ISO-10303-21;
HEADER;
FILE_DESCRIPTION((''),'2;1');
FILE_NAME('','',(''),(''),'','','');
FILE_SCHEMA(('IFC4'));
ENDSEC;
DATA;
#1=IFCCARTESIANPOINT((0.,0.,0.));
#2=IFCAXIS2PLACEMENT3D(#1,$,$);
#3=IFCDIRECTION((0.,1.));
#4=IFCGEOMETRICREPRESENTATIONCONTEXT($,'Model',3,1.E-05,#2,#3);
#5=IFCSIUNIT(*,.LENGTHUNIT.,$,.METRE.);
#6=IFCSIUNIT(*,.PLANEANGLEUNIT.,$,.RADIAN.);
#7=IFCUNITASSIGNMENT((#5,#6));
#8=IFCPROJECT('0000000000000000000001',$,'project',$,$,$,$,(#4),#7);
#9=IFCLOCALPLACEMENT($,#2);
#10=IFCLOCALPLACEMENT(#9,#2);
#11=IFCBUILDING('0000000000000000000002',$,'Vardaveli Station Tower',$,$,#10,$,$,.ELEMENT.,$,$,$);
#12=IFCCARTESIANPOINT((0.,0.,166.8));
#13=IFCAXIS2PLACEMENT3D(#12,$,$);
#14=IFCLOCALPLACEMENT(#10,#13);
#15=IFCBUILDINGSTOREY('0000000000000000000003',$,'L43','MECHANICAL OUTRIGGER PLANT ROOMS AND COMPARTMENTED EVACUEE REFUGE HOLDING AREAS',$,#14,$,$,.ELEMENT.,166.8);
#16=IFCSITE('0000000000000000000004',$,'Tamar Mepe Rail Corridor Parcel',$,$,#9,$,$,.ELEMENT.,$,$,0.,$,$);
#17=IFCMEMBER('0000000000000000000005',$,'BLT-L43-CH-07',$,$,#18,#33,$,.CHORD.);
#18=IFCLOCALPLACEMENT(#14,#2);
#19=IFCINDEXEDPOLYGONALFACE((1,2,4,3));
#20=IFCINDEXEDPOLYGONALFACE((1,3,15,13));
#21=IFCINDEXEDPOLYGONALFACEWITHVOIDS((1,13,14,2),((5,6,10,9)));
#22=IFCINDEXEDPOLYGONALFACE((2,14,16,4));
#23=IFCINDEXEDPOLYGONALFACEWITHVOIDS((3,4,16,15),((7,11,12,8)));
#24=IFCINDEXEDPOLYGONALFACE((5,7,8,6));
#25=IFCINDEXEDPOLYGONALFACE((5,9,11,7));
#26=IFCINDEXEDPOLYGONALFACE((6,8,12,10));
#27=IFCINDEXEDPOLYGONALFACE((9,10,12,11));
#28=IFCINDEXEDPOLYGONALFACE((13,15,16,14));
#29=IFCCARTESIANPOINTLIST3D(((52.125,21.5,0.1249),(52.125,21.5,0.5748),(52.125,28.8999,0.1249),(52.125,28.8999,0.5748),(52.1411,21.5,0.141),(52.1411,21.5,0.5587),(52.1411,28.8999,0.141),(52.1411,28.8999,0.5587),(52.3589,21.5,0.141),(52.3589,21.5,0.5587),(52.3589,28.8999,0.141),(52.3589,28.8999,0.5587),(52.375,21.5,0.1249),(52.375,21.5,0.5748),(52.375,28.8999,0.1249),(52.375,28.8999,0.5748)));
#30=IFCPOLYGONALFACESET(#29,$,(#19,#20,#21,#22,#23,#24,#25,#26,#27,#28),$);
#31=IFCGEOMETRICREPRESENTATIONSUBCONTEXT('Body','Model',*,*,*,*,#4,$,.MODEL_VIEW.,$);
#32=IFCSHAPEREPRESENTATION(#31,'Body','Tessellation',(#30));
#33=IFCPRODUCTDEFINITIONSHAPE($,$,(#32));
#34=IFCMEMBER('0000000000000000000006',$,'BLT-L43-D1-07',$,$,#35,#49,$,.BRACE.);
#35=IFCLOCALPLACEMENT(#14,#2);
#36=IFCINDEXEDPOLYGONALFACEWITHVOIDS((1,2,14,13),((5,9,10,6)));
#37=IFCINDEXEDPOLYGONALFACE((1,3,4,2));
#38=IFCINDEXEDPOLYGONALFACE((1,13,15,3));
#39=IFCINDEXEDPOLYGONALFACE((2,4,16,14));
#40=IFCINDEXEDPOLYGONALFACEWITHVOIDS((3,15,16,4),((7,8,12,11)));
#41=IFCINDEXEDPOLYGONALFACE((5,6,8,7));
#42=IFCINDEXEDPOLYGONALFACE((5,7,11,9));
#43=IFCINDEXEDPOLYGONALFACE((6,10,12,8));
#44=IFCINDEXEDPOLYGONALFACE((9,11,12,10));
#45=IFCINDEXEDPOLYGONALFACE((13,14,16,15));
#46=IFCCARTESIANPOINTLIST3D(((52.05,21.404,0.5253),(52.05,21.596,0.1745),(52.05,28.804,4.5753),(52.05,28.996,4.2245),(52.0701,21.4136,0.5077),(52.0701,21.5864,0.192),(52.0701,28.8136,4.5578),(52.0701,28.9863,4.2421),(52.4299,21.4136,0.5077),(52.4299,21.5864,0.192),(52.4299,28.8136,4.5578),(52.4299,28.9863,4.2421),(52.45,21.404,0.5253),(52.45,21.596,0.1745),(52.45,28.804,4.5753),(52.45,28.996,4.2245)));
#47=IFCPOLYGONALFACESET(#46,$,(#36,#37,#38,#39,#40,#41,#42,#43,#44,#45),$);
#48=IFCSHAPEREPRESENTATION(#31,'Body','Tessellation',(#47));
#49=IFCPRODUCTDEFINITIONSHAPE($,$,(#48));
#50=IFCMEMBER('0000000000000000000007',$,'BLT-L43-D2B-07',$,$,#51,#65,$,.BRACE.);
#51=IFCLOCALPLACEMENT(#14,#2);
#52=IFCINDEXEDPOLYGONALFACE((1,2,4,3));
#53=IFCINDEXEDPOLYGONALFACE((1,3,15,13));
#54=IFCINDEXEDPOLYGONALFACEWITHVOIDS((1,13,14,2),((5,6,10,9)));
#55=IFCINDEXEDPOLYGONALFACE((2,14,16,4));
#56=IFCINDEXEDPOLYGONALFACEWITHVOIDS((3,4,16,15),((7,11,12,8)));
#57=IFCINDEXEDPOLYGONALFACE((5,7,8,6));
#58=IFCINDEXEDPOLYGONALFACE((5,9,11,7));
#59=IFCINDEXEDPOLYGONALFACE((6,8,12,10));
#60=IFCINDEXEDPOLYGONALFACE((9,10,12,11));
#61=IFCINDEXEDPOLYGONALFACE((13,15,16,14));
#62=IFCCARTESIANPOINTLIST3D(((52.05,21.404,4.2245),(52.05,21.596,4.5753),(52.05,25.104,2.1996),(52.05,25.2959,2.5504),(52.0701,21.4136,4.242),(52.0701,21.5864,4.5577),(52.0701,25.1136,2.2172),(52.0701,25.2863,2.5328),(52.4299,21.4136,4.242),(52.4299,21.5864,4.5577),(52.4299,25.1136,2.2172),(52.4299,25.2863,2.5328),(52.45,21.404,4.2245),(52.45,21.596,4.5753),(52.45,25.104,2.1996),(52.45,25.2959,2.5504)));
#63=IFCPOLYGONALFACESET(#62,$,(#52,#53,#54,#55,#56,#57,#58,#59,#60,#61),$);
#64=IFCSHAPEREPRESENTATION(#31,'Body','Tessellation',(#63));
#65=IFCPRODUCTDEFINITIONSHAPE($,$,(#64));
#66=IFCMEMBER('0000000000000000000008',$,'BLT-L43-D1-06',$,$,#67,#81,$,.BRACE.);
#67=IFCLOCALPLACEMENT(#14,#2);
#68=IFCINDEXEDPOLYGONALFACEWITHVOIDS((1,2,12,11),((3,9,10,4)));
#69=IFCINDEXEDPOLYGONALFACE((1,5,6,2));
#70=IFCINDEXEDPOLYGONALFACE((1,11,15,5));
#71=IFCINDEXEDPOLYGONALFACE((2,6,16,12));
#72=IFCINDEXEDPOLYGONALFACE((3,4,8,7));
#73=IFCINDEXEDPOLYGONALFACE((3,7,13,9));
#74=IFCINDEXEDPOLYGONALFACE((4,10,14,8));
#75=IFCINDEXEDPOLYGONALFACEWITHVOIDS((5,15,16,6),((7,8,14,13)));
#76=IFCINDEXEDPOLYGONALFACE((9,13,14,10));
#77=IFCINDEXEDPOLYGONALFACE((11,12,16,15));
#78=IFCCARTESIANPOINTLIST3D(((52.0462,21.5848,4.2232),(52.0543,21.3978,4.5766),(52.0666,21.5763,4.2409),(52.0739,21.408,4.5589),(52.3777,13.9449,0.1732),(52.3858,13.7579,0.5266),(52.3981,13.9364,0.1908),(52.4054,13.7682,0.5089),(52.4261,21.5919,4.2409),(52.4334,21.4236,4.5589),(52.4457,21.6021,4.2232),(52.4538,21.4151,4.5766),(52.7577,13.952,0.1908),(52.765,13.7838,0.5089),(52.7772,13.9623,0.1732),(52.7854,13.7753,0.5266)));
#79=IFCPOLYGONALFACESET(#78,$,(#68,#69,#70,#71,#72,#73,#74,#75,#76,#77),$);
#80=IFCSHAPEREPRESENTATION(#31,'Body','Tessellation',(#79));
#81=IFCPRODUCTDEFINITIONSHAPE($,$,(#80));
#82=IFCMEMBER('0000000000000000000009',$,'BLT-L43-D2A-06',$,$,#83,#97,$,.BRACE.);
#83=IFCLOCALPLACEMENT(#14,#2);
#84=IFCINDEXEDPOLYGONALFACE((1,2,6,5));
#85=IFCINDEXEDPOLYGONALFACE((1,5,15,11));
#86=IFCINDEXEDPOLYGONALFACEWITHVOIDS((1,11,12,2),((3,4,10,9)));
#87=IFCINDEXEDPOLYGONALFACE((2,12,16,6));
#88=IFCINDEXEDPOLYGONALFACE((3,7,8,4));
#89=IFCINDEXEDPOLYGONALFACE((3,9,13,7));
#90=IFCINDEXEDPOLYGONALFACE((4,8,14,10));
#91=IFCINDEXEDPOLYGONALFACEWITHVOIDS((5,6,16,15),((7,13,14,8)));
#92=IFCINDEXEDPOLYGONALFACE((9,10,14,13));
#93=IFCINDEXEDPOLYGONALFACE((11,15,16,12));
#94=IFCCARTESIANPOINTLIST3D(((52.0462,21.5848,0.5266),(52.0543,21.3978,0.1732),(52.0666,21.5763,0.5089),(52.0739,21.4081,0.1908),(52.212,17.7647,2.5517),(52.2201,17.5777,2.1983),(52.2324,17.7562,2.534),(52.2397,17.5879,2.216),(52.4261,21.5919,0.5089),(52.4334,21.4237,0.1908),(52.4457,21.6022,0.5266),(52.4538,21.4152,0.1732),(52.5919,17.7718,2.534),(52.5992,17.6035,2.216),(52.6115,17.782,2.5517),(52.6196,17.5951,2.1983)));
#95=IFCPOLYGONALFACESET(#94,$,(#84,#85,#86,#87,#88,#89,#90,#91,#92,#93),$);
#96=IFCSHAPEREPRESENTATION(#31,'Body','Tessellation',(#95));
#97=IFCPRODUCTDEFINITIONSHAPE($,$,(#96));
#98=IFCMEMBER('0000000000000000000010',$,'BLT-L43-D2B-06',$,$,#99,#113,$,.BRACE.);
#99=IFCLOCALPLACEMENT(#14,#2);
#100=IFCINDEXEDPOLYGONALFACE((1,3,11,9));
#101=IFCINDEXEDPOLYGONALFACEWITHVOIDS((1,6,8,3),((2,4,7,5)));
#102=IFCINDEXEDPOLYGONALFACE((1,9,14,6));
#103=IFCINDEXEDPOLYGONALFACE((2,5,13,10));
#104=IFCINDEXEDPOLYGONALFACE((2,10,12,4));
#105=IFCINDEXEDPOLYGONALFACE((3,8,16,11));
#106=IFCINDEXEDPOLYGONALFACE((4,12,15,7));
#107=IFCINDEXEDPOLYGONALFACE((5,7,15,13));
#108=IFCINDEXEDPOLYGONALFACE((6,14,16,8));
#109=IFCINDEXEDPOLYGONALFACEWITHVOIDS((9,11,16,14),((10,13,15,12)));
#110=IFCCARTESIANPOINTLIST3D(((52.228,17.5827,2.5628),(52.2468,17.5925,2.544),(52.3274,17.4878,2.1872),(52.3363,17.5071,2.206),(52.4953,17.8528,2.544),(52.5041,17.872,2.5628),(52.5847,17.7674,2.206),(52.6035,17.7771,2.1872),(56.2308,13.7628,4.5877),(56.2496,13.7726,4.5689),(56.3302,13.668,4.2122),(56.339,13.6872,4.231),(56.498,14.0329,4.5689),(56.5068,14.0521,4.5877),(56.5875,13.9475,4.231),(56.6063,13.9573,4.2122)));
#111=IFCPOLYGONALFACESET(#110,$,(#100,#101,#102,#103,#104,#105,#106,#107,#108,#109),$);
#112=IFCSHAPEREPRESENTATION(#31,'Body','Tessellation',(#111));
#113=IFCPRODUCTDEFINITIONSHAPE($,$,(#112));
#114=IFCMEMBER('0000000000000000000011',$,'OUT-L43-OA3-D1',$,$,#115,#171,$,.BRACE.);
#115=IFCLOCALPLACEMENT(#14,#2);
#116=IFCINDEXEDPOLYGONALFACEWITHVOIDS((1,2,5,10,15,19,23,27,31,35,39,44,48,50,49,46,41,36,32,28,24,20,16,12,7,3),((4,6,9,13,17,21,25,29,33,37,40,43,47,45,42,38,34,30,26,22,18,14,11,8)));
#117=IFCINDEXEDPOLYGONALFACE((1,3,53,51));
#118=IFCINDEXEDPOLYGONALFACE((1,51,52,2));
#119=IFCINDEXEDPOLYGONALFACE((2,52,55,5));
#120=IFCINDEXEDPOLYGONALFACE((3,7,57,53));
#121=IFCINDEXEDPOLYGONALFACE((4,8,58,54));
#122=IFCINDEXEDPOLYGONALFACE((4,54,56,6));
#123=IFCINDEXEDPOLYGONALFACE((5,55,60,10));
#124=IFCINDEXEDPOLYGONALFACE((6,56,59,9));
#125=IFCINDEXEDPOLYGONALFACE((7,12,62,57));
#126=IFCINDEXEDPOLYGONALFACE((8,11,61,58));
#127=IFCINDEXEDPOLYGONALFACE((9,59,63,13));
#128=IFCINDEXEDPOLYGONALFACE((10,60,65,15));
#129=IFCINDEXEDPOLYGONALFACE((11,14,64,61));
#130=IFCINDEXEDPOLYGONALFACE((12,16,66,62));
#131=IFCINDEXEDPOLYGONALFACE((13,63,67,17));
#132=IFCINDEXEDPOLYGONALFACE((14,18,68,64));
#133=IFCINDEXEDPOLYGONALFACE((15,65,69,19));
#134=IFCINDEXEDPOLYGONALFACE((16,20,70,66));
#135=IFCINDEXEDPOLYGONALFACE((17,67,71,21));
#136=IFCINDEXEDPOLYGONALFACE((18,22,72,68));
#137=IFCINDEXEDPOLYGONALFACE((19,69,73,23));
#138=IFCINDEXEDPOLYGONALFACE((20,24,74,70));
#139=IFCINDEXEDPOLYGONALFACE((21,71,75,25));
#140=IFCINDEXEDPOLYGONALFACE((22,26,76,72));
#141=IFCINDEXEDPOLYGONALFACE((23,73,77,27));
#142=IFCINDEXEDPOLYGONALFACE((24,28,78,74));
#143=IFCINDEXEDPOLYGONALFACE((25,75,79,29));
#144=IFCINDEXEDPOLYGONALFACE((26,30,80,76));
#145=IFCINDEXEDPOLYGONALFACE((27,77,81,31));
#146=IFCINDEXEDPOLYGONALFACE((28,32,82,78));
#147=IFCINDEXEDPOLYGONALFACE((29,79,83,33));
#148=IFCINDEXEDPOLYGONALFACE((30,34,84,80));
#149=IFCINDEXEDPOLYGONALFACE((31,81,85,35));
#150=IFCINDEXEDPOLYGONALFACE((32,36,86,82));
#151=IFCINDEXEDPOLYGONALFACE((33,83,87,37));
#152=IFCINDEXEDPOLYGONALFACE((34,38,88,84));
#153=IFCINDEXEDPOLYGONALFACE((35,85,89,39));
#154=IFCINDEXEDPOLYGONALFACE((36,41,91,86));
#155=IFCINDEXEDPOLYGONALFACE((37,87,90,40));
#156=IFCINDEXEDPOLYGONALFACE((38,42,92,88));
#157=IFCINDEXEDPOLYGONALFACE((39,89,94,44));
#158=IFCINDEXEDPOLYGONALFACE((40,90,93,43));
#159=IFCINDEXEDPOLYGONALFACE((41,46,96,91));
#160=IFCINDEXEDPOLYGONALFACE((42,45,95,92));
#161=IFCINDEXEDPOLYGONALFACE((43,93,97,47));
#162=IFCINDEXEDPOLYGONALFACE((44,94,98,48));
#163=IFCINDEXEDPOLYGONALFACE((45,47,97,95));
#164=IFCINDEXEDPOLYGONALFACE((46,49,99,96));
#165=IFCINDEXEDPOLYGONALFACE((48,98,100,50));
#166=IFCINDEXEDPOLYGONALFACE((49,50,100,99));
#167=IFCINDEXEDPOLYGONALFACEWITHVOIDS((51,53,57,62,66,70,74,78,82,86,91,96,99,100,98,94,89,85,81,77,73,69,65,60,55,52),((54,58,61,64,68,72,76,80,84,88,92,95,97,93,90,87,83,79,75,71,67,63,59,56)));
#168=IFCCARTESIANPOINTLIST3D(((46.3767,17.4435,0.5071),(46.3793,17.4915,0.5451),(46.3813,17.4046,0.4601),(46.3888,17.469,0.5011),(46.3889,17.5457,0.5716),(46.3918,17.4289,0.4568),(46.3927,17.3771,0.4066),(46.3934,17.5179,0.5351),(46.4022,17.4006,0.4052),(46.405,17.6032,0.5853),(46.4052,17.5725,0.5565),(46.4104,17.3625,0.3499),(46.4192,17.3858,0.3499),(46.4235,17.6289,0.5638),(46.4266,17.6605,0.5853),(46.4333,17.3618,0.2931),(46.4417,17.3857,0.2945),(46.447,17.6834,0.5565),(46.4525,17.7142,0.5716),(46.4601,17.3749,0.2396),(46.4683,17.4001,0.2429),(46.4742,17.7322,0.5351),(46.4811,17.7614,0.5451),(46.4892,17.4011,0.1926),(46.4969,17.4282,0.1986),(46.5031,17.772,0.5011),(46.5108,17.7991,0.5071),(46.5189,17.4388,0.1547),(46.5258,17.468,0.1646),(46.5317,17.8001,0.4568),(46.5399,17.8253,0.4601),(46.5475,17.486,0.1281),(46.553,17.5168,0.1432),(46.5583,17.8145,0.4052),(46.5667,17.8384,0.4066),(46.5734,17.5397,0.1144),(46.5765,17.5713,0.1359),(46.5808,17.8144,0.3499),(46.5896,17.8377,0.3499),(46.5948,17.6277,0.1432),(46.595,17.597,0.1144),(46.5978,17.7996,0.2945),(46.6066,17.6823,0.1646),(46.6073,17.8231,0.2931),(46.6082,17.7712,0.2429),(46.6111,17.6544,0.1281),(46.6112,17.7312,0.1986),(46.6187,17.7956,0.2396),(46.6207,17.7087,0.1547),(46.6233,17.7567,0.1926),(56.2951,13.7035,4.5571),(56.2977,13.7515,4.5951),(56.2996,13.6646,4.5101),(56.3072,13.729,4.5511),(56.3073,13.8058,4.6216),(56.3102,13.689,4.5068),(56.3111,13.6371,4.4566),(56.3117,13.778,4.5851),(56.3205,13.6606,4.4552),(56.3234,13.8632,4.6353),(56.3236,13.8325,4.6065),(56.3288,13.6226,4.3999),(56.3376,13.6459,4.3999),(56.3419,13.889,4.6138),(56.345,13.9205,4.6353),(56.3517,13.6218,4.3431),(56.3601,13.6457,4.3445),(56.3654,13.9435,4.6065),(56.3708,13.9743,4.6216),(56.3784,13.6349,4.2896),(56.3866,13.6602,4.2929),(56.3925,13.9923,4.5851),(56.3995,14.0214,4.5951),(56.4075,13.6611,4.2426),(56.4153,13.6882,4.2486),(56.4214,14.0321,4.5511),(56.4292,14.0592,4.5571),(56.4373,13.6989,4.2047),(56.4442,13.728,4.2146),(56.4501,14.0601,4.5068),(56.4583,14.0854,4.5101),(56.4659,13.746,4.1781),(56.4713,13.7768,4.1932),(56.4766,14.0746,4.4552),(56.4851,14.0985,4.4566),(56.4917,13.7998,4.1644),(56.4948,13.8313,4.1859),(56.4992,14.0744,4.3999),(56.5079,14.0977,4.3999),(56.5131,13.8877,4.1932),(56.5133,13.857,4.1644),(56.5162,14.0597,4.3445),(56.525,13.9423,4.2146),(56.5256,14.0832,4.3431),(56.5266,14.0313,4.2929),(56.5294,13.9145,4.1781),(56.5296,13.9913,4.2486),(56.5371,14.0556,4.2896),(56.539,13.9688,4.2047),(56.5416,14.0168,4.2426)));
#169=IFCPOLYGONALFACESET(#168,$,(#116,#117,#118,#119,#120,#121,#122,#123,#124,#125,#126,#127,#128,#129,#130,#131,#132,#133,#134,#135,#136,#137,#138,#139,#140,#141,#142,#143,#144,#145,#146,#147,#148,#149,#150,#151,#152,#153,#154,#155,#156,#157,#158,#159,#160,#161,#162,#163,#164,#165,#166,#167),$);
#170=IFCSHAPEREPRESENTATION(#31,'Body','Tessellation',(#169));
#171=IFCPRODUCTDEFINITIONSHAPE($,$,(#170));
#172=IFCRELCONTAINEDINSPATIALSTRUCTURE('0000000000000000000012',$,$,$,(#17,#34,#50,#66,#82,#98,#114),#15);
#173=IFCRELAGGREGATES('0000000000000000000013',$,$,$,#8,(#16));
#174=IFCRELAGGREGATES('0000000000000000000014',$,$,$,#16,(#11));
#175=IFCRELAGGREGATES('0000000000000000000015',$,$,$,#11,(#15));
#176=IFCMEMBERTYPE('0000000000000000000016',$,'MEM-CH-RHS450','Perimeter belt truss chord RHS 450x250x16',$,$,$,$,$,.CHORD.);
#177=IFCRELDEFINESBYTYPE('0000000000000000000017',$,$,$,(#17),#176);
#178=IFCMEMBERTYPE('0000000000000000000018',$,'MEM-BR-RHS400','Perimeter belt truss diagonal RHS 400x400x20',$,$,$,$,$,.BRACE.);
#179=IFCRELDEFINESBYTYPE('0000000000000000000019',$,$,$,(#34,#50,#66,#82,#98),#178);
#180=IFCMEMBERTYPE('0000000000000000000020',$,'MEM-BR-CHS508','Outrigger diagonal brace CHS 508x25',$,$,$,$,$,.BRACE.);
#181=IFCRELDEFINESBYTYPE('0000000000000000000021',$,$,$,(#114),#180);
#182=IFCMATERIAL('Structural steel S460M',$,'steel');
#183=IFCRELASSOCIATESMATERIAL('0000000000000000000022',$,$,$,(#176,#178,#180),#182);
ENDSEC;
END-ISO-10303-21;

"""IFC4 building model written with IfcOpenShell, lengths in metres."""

from ifc_helpers import new_model, si_unit, direction, frame, origin, origin_2d, place, context, subcontext, project, spatial, hollow_rectangle, hollow_circle, extrude, source, transform, mapped, material, material_profile, profile_set, type_object, element, save


model = new_model("IFC4")

# Units and contexts
model_context = context("Model", 3, precision=1e-05, world=origin(), true_north=direction((0.0, 1.0)))
body_context = subcontext(model_context, "Body", "Model", "MODEL_VIEW")
ifc_project = project(units=[si_unit("LENGTHUNIT", "METRE"), si_unit("PLANEANGLEUNIT", "RADIAN")], contexts=[model_context])

# Site, building, storey
site_placement = place(None, origin())
site = spatial("IfcSite", under=ifc_project, at=site_placement, Name="Tamar Mepe Rail Corridor Parcel", CompositionType="ELEMENT", RefElevation=0.0)
building_placement = place(site_placement, origin())
building = spatial("IfcBuilding", under=site, at=building_placement, Name="Vardaveli Station Tower", CompositionType="ELEMENT")
storey_placement = place(building_placement, frame((0.0, 0.0, 166.8)))
storey = spatial("IfcBuildingStorey", under=building, at=storey_placement, Name="L43", Description="MECHANICAL OUTRIGGER PLANT ROOMS AND COMPARTMENTED EVACUEE REFUGE HOLDING AREAS", CompositionType="ELEMENT", Elevation=166.8)

# Shared definitions
ifc_material_1 = material(Name="Structural steel S460M", Category="steel")

# Members
ifc_material_profile_1 = material_profile(ifc_material_1, hollow_rectangle(XDim=0.25, YDim=0.45, WallThickness=0.0161, at=origin_2d()), Name="RHS 450x250x16")
ifc_profile_set_1 = profile_set([ifc_material_profile_1], Name="Structural steel S460M")
member_type_1 = type_object("IfcMemberType", Name="MEM-CH-RHS450", Description="Perimeter belt truss chord RHS 450x250x16", PredefinedType="CHORD", material=ifc_profile_set_1)
shared_shape_1 = source(origin(), body_context, "Body", "SweptSolid", [
    extrude(hollow_rectangle(XDim=0.25, YDim=0.45, WallThickness=0.0161, at=origin_2d()), origin(), (0.0, 0.0, 1.0), 7.3999),
])
member_1_placement = place(storey_placement, frame((52.25, 21.5, 0.3499), z_axis=(0.0, 1.0, 0.0), x_axis=(-1.0, 0.0, 0.0)))
element("IfcMember", 1, at=member_1_placement, inside=storey, type_object=member_type_1, Name="BLT-L43-CH-07", PredefinedType="CHORD", context=body_context, shape_type="MappedRepresentation", body=[
    mapped(shared_shape_1, transform((0.0, 0.0, 0.0), scale=1.0)),
])
ifc_material_profile_2 = material_profile(ifc_material_1, hollow_rectangle(XDim=0.3999, YDim=0.3999, WallThickness=0.02, at=origin_2d()), Name="RHS 400x400x20")
ifc_profile_set_2 = profile_set([ifc_material_profile_2], Name="Structural steel S460M")
member_type_2 = type_object("IfcMemberType", Name="MEM-BR-RHS400", Description="Perimeter belt truss diagonal RHS 400x400x20", PredefinedType="BRACE", material=ifc_profile_set_2)
shared_shape_2 = source(origin(), body_context, "Body", "SweptSolid", [
    extrude(hollow_rectangle(XDim=0.3999, YDim=0.3999, WallThickness=0.02, at=origin_2d()), origin(), (0.0, 0.0, 1.0), 8.4358),
])
member_2_placement = place(storey_placement, frame((52.25, 21.5, 0.3499), z_axis=(0.0, 0.87721, 0.480107), x_axis=(-1.0, 0.0, 0.0)))
element("IfcMember", 2, at=member_2_placement, inside=storey, type_object=member_type_2, Name="BLT-L43-D1-07", PredefinedType="BRACE", context=body_context, shape_type="MappedRepresentation", body=[
    mapped(shared_shape_2, transform((0.0, 0.0, 0.0), scale=1.0)),
])
shared_shape_3 = source(origin(), body_context, "Body", "SweptSolid", [
    extrude(hollow_rectangle(XDim=0.3999, YDim=0.3999, WallThickness=0.02, at=origin_2d()), origin(), (0.0, 0.0, 1.0), 4.2178),
])
member_3_placement = place(storey_placement, frame((52.25, 25.2, 2.375), z_axis=(0.0, -0.877222, 0.480085), x_axis=(1.0, 0.0, 0.0)))
element("IfcMember", 3, at=member_3_placement, inside=storey, type_object=member_type_2, Name="BLT-L43-D2B-07", PredefinedType="BRACE", context=body_context, shape_type="MappedRepresentation", body=[
    mapped(shared_shape_3, transform((0.0, 0.0, 0.0), scale=1.0)),
])
shared_shape_4 = source(origin(), body_context, "Body", "SweptSolid", [
    extrude(hollow_rectangle(XDim=0.3999, YDim=0.3999, WallThickness=0.02, at=origin_2d()), origin(), (0.0, 0.0, 1.0), 8.6533),
])
member_4_placement = place(storey_placement, frame((52.5815, 13.8601, 0.3499), z_axis=(-0.038314, 0.882881, 0.468032), x_axis=(-0.99906, -0.043355, 0.0)))
element("IfcMember", 4, at=member_4_placement, inside=storey, type_object=member_type_2, Name="BLT-L43-D1-06", PredefinedType="BRACE", context=body_context, shape_type="MappedRepresentation", body=[
    mapped(shared_shape_4, transform((0.0, 0.0, 0.0), scale=1.0)),
])
shared_shape_5 = source(origin(), body_context, "Body", "SweptSolid", [
    extrude(hollow_rectangle(XDim=0.3999, YDim=0.3999, WallThickness=0.02, at=origin_2d()), origin(), (0.0, 0.0, 1.0), 4.3269),
])
member_5_placement = place(storey_placement, frame((52.25, 21.5, 0.3499), z_axis=(0.038312, -0.882875, 0.468042), x_axis=(0.99906, 0.043354, 0.0)))
element("IfcMember", 5, at=member_5_placement, inside=storey, type_object=member_type_2, Name="BLT-L43-D2A-06", PredefinedType="BRACE", context=body_context, shape_type="MappedRepresentation", body=[
    mapped(shared_shape_5, transform((0.0, 0.0, 0.0), scale=1.0)),
])
shared_shape_6 = source(origin(), body_context, "Body", "SweptSolid", [
    extrude(hollow_rectangle(XDim=0.3999, YDim=0.3999, WallThickness=0.02, at=origin_2d()), origin(), (0.0, 0.0, 1.0), 5.8918),
])
member_6_placement = place(storey_placement, frame((52.4158, 17.6799, 2.375), z_axis=(0.679371, -0.648334, 0.343684), x_axis=(0.690389, 0.723439, 0.0)))
element("IfcMember", 6, at=member_6_placement, inside=storey, type_object=member_type_2, Name="BLT-L43-D2B-06", PredefinedType="BRACE", context=body_context, shape_type="MappedRepresentation", body=[
    mapped(shared_shape_6, transform((0.0, 0.0, 0.0), scale=1.0)),
])
ifc_material_profile_3 = material_profile(ifc_material_1, hollow_circle(Radius=0.2539, WallThickness=0.0249, at=origin_2d()), Name="CHS 508x25")
ifc_profile_set_3 = profile_set([ifc_material_profile_3], Name="Structural steel S460M")
member_type_3 = type_object("IfcMemberType", Name="MEM-BR-CHS508", Description="Outrigger diagonal brace CHS 508x25", PredefinedType="BRACE", material=ifc_profile_set_3)
shared_shape_7 = source(origin(), body_context, "Body", "SweptSolid", [
    extrude(hollow_circle(Radius=0.2539, WallThickness=0.0249, at=origin_2d()), origin(), (0.0, 0.0, 1.0), 11.3474),
])
member_7_placement = place(storey_placement, frame((46.5, 17.6001, 0.3499), z_axis=(0.874064, -0.329587, 0.35691), x_axis=(0.352824, 0.93569, 0.0)))
element("IfcMember", 7, at=member_7_placement, inside=storey, type_object=member_type_3, Name="OUT-L43-OA3-D1", PredefinedType="BRACE", context=body_context, shape_type="MappedRepresentation", body=[
    mapped(shared_shape_7, transform((0.0, 0.0, 0.0), scale=1.0)),
])

save(model, "model.ifc")
